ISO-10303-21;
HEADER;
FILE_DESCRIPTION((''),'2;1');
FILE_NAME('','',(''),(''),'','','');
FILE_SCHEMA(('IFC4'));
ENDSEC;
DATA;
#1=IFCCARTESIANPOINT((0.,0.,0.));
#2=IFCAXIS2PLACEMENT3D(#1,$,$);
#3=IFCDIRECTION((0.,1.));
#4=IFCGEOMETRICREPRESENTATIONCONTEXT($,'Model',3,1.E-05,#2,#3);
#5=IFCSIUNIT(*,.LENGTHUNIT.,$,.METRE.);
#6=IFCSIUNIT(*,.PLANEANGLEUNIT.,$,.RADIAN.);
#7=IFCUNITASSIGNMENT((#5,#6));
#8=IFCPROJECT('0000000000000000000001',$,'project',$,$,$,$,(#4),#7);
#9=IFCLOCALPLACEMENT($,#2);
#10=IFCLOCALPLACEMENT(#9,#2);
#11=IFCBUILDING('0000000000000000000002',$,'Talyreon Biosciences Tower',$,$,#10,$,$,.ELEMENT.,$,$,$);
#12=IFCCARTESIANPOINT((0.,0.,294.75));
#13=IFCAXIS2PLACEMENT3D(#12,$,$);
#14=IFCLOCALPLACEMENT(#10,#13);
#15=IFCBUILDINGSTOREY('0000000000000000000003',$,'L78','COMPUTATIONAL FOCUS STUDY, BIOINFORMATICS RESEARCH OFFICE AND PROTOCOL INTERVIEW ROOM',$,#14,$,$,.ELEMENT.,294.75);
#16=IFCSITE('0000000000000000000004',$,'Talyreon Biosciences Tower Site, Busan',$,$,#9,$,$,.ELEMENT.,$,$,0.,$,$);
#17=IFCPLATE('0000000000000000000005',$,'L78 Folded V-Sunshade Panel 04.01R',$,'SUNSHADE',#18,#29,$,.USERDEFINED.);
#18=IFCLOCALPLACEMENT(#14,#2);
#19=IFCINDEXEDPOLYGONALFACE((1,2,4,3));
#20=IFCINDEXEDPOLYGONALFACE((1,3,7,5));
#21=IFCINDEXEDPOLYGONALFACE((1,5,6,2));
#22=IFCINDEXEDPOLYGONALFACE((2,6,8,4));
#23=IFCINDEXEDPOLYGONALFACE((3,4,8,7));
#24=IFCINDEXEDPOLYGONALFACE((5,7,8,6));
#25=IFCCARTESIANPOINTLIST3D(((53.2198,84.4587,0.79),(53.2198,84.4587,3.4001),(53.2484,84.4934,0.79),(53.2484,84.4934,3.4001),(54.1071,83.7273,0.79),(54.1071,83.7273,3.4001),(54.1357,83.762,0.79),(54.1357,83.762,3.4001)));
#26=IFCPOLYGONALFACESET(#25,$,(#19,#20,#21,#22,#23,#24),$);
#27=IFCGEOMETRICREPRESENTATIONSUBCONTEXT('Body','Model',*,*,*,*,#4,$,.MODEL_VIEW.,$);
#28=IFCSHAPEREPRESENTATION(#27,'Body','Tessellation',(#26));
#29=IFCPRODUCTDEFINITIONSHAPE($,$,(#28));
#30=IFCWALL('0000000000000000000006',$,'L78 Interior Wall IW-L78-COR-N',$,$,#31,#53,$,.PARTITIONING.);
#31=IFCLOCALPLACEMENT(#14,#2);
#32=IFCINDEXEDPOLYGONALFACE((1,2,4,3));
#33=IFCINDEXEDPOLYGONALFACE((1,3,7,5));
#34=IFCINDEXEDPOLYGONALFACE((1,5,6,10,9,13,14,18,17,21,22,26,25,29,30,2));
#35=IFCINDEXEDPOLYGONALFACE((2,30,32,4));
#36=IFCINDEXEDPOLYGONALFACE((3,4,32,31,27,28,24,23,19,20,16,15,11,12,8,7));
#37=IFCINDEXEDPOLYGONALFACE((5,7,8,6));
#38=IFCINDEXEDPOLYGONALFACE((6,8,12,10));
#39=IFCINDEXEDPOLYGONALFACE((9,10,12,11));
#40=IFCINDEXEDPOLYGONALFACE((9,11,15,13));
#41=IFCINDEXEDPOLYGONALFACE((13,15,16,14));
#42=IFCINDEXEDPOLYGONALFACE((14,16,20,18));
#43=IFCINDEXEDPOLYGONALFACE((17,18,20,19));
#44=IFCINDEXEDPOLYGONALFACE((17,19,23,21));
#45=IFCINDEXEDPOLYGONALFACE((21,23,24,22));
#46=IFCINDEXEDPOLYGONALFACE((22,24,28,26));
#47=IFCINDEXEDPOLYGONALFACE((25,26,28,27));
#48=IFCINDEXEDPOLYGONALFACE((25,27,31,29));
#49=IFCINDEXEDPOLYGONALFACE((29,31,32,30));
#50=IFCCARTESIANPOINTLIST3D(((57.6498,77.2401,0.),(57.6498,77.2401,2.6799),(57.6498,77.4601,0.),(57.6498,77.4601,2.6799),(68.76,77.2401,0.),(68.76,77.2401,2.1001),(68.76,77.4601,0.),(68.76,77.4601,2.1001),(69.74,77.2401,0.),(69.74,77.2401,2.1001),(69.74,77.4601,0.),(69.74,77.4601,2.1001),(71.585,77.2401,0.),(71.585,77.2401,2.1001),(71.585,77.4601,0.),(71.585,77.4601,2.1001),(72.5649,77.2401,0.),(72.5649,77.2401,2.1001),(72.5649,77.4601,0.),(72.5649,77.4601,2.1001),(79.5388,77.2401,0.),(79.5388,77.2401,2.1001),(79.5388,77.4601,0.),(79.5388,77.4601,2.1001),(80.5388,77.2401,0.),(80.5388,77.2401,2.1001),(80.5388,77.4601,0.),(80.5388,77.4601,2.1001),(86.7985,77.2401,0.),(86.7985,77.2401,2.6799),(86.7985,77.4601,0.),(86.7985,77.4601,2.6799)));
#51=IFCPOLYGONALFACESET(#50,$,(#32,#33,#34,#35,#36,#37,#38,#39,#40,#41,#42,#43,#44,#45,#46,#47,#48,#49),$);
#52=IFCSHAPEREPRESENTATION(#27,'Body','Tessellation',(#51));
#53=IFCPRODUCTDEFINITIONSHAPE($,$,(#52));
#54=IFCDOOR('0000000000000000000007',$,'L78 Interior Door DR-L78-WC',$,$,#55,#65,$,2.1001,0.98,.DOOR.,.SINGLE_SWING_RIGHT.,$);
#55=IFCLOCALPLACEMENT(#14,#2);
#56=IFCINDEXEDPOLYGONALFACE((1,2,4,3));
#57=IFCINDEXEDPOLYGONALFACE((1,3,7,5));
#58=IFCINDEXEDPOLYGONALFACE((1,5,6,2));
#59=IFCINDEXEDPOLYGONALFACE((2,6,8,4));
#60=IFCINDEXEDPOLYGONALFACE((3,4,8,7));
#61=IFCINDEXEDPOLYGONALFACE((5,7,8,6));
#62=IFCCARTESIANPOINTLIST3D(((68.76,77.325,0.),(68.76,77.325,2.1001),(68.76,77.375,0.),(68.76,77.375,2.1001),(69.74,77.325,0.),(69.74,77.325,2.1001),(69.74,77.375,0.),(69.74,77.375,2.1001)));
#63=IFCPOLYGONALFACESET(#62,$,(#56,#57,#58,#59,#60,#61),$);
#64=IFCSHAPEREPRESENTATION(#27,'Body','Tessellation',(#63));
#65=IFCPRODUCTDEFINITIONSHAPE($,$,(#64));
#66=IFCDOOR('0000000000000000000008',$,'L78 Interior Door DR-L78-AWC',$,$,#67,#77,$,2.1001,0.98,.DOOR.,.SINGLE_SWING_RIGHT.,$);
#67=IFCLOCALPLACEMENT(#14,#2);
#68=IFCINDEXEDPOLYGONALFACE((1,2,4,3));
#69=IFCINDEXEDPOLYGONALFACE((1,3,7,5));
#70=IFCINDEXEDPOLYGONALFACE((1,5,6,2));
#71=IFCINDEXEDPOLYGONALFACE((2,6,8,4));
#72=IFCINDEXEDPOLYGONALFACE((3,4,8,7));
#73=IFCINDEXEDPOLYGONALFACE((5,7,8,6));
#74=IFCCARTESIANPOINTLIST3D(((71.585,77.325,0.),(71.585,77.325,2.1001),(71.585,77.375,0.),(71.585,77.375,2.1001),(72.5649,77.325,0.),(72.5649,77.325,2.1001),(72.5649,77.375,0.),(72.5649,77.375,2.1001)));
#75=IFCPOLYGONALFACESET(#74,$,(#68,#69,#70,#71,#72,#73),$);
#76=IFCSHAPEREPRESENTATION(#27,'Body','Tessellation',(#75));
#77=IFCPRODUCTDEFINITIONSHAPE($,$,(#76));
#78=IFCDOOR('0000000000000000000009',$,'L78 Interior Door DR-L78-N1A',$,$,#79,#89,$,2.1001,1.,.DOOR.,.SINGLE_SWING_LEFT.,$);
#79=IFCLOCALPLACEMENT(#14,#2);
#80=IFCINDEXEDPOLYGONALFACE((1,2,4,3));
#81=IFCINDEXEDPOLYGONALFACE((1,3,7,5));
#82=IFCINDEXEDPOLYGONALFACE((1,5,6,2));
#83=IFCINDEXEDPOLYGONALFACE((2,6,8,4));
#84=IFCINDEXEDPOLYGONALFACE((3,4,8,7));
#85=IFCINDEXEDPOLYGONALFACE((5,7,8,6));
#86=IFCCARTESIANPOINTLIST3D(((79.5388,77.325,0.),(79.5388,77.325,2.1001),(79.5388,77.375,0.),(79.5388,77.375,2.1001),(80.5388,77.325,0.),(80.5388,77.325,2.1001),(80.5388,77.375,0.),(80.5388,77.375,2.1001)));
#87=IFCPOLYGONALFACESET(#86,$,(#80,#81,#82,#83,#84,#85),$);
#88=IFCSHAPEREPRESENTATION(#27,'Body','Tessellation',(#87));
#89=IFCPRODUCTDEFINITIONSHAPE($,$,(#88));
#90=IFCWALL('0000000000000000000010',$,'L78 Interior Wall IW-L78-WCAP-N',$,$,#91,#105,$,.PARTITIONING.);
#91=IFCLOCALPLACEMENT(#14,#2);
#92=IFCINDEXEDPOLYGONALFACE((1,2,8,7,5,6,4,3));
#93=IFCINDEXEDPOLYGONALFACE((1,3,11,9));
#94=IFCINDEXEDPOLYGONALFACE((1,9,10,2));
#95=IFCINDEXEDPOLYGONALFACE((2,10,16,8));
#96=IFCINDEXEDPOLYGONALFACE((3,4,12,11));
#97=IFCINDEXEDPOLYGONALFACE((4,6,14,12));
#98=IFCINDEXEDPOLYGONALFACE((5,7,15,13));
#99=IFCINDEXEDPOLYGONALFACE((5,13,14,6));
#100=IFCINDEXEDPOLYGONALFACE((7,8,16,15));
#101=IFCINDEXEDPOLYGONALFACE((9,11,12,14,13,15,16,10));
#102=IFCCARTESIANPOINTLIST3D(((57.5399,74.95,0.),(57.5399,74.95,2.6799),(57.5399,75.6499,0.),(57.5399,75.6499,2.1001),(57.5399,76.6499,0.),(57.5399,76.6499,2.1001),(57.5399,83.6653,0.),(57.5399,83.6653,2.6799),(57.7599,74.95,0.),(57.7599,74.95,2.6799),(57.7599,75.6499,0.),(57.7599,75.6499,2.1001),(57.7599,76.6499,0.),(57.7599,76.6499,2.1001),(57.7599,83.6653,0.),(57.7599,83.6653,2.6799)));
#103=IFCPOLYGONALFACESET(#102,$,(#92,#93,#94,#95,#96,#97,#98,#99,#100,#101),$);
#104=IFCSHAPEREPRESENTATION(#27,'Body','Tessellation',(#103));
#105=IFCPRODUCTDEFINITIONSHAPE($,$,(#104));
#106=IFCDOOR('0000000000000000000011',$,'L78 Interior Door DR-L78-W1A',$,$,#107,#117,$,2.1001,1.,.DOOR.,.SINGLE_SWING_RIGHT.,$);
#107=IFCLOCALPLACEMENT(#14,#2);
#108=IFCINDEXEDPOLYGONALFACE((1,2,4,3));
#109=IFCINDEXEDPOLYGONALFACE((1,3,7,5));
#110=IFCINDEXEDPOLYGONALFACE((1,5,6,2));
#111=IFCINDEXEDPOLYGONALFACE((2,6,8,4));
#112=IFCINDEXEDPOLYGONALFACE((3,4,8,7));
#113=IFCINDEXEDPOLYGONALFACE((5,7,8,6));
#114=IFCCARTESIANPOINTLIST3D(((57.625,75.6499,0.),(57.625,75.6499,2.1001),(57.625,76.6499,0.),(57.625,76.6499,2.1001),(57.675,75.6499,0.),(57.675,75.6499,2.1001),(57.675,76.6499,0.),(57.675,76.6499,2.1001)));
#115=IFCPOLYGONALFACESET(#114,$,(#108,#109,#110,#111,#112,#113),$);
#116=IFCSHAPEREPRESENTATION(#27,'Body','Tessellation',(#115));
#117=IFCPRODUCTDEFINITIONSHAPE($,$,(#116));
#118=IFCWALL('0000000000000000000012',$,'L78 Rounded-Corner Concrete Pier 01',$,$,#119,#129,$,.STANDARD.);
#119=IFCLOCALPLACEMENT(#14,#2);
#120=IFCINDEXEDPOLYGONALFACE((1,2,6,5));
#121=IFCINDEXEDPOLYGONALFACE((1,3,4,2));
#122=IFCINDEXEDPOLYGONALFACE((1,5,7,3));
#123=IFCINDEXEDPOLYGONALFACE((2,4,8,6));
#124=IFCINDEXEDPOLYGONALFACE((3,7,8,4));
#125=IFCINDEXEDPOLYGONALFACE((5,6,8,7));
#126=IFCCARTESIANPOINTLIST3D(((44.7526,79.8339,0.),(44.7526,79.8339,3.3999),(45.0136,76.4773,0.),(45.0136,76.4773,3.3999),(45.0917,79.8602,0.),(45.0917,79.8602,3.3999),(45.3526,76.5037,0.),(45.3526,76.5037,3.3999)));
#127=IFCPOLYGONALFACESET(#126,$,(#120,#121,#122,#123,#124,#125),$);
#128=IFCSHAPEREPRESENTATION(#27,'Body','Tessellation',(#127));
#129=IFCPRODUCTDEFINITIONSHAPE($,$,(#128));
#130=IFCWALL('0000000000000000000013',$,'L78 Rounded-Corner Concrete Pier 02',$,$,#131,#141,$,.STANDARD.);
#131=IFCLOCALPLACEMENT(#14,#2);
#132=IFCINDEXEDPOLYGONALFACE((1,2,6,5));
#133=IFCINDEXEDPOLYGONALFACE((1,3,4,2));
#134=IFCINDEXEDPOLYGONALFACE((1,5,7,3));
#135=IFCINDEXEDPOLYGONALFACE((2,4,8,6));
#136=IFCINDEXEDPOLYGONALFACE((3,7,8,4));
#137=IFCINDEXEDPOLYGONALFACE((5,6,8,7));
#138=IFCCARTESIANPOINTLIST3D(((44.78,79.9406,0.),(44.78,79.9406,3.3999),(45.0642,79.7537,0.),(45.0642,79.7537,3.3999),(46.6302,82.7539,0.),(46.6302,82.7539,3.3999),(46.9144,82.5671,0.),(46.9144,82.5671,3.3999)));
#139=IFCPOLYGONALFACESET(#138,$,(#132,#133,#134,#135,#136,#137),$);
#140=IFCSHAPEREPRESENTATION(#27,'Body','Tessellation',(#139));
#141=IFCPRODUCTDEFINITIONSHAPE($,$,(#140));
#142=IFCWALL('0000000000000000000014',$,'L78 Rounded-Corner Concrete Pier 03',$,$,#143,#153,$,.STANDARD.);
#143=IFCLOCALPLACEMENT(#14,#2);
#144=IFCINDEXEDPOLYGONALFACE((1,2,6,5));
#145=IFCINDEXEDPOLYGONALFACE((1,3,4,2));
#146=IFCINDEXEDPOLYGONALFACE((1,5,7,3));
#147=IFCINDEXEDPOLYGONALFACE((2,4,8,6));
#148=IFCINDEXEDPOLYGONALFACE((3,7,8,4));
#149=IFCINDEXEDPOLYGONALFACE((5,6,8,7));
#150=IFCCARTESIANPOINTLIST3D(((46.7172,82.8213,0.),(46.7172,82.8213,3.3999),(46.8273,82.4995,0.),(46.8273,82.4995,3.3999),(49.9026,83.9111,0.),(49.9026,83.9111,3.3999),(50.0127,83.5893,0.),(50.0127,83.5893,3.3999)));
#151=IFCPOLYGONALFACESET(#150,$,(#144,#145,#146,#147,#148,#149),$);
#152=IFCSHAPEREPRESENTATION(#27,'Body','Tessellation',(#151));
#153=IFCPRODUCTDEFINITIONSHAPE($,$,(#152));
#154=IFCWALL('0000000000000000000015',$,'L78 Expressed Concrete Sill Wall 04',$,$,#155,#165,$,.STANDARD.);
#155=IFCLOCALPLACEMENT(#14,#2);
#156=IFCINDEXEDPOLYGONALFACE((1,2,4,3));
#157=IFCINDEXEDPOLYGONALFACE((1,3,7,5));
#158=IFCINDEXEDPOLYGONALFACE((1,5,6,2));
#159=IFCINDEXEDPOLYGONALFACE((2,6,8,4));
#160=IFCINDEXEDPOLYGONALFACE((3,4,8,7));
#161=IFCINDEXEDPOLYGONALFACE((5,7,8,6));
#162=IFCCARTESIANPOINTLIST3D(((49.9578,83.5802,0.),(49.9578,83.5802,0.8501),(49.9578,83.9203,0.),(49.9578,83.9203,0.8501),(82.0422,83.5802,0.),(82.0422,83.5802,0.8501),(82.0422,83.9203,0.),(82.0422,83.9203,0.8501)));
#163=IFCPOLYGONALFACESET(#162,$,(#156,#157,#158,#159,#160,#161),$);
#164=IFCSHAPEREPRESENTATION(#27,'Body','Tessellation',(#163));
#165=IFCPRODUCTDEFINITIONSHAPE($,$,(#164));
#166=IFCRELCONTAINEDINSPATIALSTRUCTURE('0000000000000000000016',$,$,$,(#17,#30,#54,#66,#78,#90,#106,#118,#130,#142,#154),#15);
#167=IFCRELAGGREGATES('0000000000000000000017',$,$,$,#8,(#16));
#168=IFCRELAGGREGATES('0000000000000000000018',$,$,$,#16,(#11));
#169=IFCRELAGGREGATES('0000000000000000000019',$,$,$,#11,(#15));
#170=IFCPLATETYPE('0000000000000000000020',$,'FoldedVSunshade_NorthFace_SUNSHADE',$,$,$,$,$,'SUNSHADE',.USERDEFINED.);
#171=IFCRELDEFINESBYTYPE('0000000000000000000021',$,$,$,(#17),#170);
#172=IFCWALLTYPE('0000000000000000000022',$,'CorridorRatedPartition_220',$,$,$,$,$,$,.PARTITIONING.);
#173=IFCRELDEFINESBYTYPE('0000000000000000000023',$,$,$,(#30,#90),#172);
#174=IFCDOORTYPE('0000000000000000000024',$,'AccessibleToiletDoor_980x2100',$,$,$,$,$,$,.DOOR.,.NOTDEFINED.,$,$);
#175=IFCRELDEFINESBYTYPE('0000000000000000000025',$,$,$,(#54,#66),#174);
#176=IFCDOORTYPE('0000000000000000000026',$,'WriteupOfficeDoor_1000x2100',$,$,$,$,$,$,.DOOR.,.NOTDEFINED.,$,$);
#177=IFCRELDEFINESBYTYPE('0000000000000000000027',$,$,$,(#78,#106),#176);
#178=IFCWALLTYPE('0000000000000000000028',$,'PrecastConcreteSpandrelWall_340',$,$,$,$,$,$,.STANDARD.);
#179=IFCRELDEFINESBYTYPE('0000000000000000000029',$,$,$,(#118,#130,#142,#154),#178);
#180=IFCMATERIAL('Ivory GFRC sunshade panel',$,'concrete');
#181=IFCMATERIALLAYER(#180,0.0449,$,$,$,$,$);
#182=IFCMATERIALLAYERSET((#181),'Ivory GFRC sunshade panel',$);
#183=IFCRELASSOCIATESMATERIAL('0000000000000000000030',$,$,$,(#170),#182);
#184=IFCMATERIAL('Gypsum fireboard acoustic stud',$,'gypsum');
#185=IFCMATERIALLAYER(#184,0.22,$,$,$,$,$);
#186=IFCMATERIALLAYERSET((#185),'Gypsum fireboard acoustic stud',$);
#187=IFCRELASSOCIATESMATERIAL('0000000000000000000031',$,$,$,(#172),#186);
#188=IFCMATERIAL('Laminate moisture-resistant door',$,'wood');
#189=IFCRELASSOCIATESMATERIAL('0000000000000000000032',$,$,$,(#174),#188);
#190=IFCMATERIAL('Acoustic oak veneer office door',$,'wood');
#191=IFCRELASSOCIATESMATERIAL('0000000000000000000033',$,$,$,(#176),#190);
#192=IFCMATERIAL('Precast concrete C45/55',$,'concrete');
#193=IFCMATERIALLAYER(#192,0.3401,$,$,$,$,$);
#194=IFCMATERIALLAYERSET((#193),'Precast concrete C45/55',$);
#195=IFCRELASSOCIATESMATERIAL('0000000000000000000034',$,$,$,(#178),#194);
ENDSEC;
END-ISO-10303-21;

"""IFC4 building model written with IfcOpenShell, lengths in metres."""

from ifc_helpers import new_model, si_unit, direction, frame, frame_2d, origin, origin_2d, place, context, subcontext, project, spatial, rectangle, extrude, material, layer, layer_set, type_object, element, fill, save


model = new_model("IFC4")

# Units and contexts
model_context = context("Model", 3, precision=1e-05, world=origin(), true_north=direction((0.0, 1.0)))
body_context = subcontext(model_context, "Body", "Model", "MODEL_VIEW")
ifc_project = project(units=[si_unit("LENGTHUNIT", "METRE"), si_unit("PLANEANGLEUNIT", "RADIAN")], contexts=[model_context])

# Site, building, storey
site_placement = place(None, origin())
site = spatial("IfcSite", under=ifc_project, at=site_placement, Name="Talyreon Biosciences Tower Site, Busan", CompositionType="ELEMENT", RefElevation=0.0)
building_placement = place(site_placement, origin())
building = spatial("IfcBuilding", under=site, at=building_placement, Name="Talyreon Biosciences Tower", CompositionType="ELEMENT")
storey_placement = place(building_placement, frame((0.0, 0.0, 294.75)))
storey = spatial("IfcBuildingStorey", under=building, at=storey_placement, Name="L78", Description="COMPUTATIONAL FOCUS STUDY, BIOINFORMATICS RESEARCH OFFICE AND PROTOCOL INTERVIEW ROOM", CompositionType="ELEMENT", Elevation=294.75)

# Shared definitions
ifc_material_1 = material(Name="Precast concrete C45/55", Category="concrete")

# Plate
ifc_material_2 = material(Name="Ivory GFRC sunshade panel", Category="concrete")
ifc_layer_1 = layer(ifc_material_2, 0.0449)
ifc_layer_set_1 = layer_set([ifc_layer_1], Name="Ivory GFRC sunshade panel")
plate_type_1 = type_object("IfcPlateType", Name="FoldedVSunshade_NorthFace_SUNSHADE", ElementType="SUNSHADE", PredefinedType="USERDEFINED", material=ifc_layer_set_1)
for number, where, z_axis, x_axis, name in (
    (1, (53.6777, 84.1104, 0.79), (0.0, 0.0, 1.0), (0.771625, -0.636078, 0.0), "L78 Folded V-Sunshade Panel 04.01R"),
):
    element("IfcPlate", number, at=place(storey_placement, frame(where, z_axis=z_axis, x_axis=x_axis)), inside=storey, type_object=plate_type_1, Name=name, ObjectType="SUNSHADE", PredefinedType="USERDEFINED", context=body_context, shape_type="SweptSolid", body=[
        extrude(rectangle(XDim=1.1499, YDim=0.0449, at=origin_2d()), origin(), (0.0, 0.0, 1.0), 2.6101),
    ])

# Wall, openings, doors
ifc_material_3 = material(Name="Gypsum fireboard acoustic stud", Category="gypsum")
ifc_layer_2 = layer(ifc_material_3, 0.22)
ifc_layer_set_2 = layer_set([ifc_layer_2], Name="Gypsum fireboard acoustic stud")
wall_type_1 = type_object("IfcWallType", Name="CorridorRatedPartition_220", PredefinedType="PARTITIONING", material=ifc_layer_set_2)
wall_1_placement = place(storey_placement, frame((57.6499, 77.3501, 0.0), z_axis=(0.0, 0.0, 1.0), x_axis=(1.0, 0.0, 0.0)))
wall_1 = element("IfcWall", 2, at=wall_1_placement, inside=storey, type_object=wall_type_1, Name="L78 Interior Wall IW-L78-COR-N", PredefinedType="PARTITIONING", context=body_context, shape_type="SweptSolid", body=[
    extrude(rectangle(XDim=29.1487, YDim=0.22, at=frame_2d((14.5742, 0.0))), origin(), (0.0, 0.0, 1.0), 2.6799),
])
opening_1_placement = place(wall_1_placement, frame((11.1101, 0.0, 0.0)))
opening_1 = element("IfcOpeningElement", 3, at=opening_1_placement, cuts=wall_1, PredefinedType="OPENING", context=body_context, shape_type="SweptSolid", body=[
    extrude(rectangle(XDim=0.98, YDim=2.1001, at=frame_2d((0.49, 1.05))), frame((0.0, 0.1199, 0.0), z_axis=(0.0, -1.0, 0.0), x_axis=(1.0, 0.0, 0.0)), (0.0, 0.0, 1.0), 0.24),
])
opening_2_placement = place(wall_1_placement, frame((13.9351, 0.0, 0.0)))
opening_2 = element("IfcOpeningElement", 4, at=opening_2_placement, cuts=wall_1, PredefinedType="OPENING", context=body_context, shape_type="SweptSolid", body=[
    extrude(rectangle(XDim=0.98, YDim=2.1001, at=frame_2d((0.49, 1.05))), frame((0.0, 0.1199, 0.0), z_axis=(0.0, -1.0, 0.0), x_axis=(1.0, 0.0, 0.0)), (0.0, 0.0, 1.0), 0.24),
])
opening_3_placement = place(wall_1_placement, frame((21.8889, 0.0, 0.0)))
opening_3 = element("IfcOpeningElement", 5, at=opening_3_placement, cuts=wall_1, PredefinedType="OPENING", context=body_context, shape_type="SweptSolid", body=[
    extrude(rectangle(XDim=1.0, YDim=2.1001, at=frame_2d((0.5, 1.05))), frame((0.0, 0.1199, 0.0), z_axis=(0.0, -1.0, 0.0), x_axis=(1.0, 0.0, 0.0)), (0.0, 0.0, 1.0), 0.24),
])
ifc_material_4 = material(Name="Laminate moisture-resistant door", Category="wood")
door_type_1 = type_object("IfcDoorType", Name="AccessibleToiletDoor_980x2100", OperationType="NOTDEFINED", PredefinedType="DOOR", material=ifc_material_4)
door_1_placement = place(opening_1_placement, origin())
door_1 = element("IfcDoor", 6, at=door_1_placement, inside=storey, type_object=door_type_1, Name="L78 Interior Door DR-L78-WC", OperationType="SINGLE_SWING_RIGHT", OverallHeight=2.1001, OverallWidth=0.98, PredefinedType="DOOR", context=body_context, shape_type="SweptSolid", body=[
    extrude(rectangle(XDim=0.98, YDim=2.1001, at=frame_2d((0.49, 1.05))), frame((0.0, 0.0249, 0.0), z_axis=(0.0, -1.0, 0.0), x_axis=(1.0, 0.0, 0.0)), (0.0, 0.0, 1.0), 0.05),
])
fill(opening_1, door_1)
door_2_placement = place(opening_2_placement, origin())
door_2 = element("IfcDoor", 7, at=door_2_placement, inside=storey, type_object=door_type_1, Name="L78 Interior Door DR-L78-AWC", OperationType="SINGLE_SWING_RIGHT", OverallHeight=2.1001, OverallWidth=0.98, PredefinedType="DOOR", context=body_context, shape_type="SweptSolid", body=[
    extrude(rectangle(XDim=0.98, YDim=2.1001, at=frame_2d((0.49, 1.05))), frame((0.0, 0.0249, 0.0), z_axis=(0.0, -1.0, 0.0), x_axis=(1.0, 0.0, 0.0)), (0.0, 0.0, 1.0), 0.05),
])
fill(opening_2, door_2)
ifc_material_5 = material(Name="Acoustic oak veneer office door", Category="wood")
door_type_2 = type_object("IfcDoorType", Name="WriteupOfficeDoor_1000x2100", OperationType="NOTDEFINED", PredefinedType="DOOR", material=ifc_material_5)
door_3_placement = place(opening_3_placement, origin())
door_3 = element("IfcDoor", 8, at=door_3_placement, inside=storey, type_object=door_type_2, Name="L78 Interior Door DR-L78-N1A", OperationType="SINGLE_SWING_LEFT", OverallHeight=2.1001, OverallWidth=1.0, PredefinedType="DOOR", context=body_context, shape_type="SweptSolid", body=[
    extrude(rectangle(XDim=1.0, YDim=2.1001, at=frame_2d((0.5, 1.05))), frame((0.0, 0.0249, 0.0), z_axis=(0.0, -1.0, 0.0), x_axis=(1.0, 0.0, 0.0)), (0.0, 0.0, 1.0), 0.05),
])
fill(opening_3, door_3)

# Wall, opening, door
wall_2_placement = place(storey_placement, frame((57.6499, 74.95, 0.0), z_axis=(0.0, 0.0, 1.0), x_axis=(0.0, 1.0, 0.0)))
wall_2 = element("IfcWall", 9, at=wall_2_placement, inside=storey, type_object=wall_type_1, Name="L78 Interior Wall IW-L78-WCAP-N", PredefinedType="PARTITIONING", context=body_context, shape_type="SweptSolid", body=[
    extrude(rectangle(XDim=8.7153, YDim=0.22, at=frame_2d((4.3577, 0.0))), origin(), (0.0, 0.0, 1.0), 2.6799),
])
opening_4_placement = place(wall_2_placement, frame((0.7, 0.0, 0.0)))
opening_4 = element("IfcOpeningElement", 10, at=opening_4_placement, cuts=wall_2, PredefinedType="OPENING", context=body_context, shape_type="SweptSolid", body=[
    extrude(rectangle(XDim=1.0, YDim=2.1001, at=frame_2d((0.5, 1.05))), frame((0.0, 0.1199, 0.0), z_axis=(0.0, -1.0, 0.0), x_axis=(1.0, 0.0, 0.0)), (0.0, 0.0, 1.0), 0.24),
])
door_4_placement = place(opening_4_placement, origin())
door_4 = element("IfcDoor", 11, at=door_4_placement, inside=storey, type_object=door_type_2, Name="L78 Interior Door DR-L78-W1A", OperationType="SINGLE_SWING_RIGHT", OverallHeight=2.1001, OverallWidth=1.0, PredefinedType="DOOR", context=body_context, shape_type="SweptSolid", body=[
    extrude(rectangle(XDim=1.0, YDim=2.1001, at=frame_2d((0.5, 1.05))), frame((0.0, 0.0249, 0.0), z_axis=(0.0, -1.0, 0.0), x_axis=(1.0, 0.0, 0.0)), (0.0, 0.0, 1.0), 0.05),
])
fill(opening_4, door_4)

# Walls
ifc_layer_3 = layer(ifc_material_1, 0.3401)
ifc_layer_set_3 = layer_set([ifc_layer_3], Name="Precast concrete C45/55")
wall_type_2 = type_object("IfcWallType", Name="PrecastConcreteSpandrelWall_340", PredefinedType="STANDARD", material=ifc_layer_set_3)
wall_3_placement = place(storey_placement, frame((45.1831, 76.4905, 0.0), z_axis=(0.0, 0.0, 1.0), x_axis=(-0.077517, 0.996991, 0.0)))
element("IfcWall", 12, at=wall_3_placement, inside=storey, type_object=wall_type_2, Name="L78 Rounded-Corner Concrete Pier 01", PredefinedType="STANDARD", context=body_context, shape_type="SweptSolid", body=[
    extrude(rectangle(XDim=3.3667, YDim=0.3401, at=frame_2d((1.6833, 0.0))), origin(), (0.0, 0.0, 1.0), 3.3999),
])
wall_4_placement = place(storey_placement, frame((44.9221, 79.8472, 0.0), z_axis=(0.0, 0.0, 1.0), x_axis=(0.549469, 0.835514, 0.0)))
element("IfcWall", 13, at=wall_4_placement, inside=storey, type_object=wall_type_2, Name="L78 Rounded-Corner Concrete Pier 02", PredefinedType="STANDARD", context=body_context, shape_type="SweptSolid", body=[
    extrude(rectangle(XDim=3.3672, YDim=0.3401, at=frame_2d((1.6836, 0.0))), origin(), (0.0, 0.0, 1.0), 3.3999),
])
wall_5_placement = place(storey_placement, frame((46.7722, 82.6604, 0.0), z_axis=(0.0, 0.0, 1.0), x_axis=(0.946159, 0.323701, 0.0)))
element("IfcWall", 14, at=wall_5_placement, inside=storey, type_object=wall_type_2, Name="L78 Rounded-Corner Concrete Pier 03", PredefinedType="STANDARD", context=body_context, shape_type="SweptSolid", body=[
    extrude(rectangle(XDim=3.3667, YDim=0.3401, at=frame_2d((1.6833, 0.0))), origin(), (0.0, 0.0, 1.0), 3.3999),
])
wall_6_placement = place(storey_placement, frame((49.9578, 83.7502, 0.0), z_axis=(0.0, 0.0, 1.0), x_axis=(1.0, 0.0, 0.0)))
element("IfcWall", 15, at=wall_6_placement, inside=storey, type_object=wall_type_2, Name="L78 Expressed Concrete Sill Wall 04", PredefinedType="STANDARD", context=body_context, shape_type="SweptSolid", body=[
    extrude(rectangle(XDim=32.0845, YDim=0.3401, at=frame_2d((16.0422, 0.0))), origin(), (0.0, 0.0, 1.0), 0.8501),
])

save(model, "model.ifc")
